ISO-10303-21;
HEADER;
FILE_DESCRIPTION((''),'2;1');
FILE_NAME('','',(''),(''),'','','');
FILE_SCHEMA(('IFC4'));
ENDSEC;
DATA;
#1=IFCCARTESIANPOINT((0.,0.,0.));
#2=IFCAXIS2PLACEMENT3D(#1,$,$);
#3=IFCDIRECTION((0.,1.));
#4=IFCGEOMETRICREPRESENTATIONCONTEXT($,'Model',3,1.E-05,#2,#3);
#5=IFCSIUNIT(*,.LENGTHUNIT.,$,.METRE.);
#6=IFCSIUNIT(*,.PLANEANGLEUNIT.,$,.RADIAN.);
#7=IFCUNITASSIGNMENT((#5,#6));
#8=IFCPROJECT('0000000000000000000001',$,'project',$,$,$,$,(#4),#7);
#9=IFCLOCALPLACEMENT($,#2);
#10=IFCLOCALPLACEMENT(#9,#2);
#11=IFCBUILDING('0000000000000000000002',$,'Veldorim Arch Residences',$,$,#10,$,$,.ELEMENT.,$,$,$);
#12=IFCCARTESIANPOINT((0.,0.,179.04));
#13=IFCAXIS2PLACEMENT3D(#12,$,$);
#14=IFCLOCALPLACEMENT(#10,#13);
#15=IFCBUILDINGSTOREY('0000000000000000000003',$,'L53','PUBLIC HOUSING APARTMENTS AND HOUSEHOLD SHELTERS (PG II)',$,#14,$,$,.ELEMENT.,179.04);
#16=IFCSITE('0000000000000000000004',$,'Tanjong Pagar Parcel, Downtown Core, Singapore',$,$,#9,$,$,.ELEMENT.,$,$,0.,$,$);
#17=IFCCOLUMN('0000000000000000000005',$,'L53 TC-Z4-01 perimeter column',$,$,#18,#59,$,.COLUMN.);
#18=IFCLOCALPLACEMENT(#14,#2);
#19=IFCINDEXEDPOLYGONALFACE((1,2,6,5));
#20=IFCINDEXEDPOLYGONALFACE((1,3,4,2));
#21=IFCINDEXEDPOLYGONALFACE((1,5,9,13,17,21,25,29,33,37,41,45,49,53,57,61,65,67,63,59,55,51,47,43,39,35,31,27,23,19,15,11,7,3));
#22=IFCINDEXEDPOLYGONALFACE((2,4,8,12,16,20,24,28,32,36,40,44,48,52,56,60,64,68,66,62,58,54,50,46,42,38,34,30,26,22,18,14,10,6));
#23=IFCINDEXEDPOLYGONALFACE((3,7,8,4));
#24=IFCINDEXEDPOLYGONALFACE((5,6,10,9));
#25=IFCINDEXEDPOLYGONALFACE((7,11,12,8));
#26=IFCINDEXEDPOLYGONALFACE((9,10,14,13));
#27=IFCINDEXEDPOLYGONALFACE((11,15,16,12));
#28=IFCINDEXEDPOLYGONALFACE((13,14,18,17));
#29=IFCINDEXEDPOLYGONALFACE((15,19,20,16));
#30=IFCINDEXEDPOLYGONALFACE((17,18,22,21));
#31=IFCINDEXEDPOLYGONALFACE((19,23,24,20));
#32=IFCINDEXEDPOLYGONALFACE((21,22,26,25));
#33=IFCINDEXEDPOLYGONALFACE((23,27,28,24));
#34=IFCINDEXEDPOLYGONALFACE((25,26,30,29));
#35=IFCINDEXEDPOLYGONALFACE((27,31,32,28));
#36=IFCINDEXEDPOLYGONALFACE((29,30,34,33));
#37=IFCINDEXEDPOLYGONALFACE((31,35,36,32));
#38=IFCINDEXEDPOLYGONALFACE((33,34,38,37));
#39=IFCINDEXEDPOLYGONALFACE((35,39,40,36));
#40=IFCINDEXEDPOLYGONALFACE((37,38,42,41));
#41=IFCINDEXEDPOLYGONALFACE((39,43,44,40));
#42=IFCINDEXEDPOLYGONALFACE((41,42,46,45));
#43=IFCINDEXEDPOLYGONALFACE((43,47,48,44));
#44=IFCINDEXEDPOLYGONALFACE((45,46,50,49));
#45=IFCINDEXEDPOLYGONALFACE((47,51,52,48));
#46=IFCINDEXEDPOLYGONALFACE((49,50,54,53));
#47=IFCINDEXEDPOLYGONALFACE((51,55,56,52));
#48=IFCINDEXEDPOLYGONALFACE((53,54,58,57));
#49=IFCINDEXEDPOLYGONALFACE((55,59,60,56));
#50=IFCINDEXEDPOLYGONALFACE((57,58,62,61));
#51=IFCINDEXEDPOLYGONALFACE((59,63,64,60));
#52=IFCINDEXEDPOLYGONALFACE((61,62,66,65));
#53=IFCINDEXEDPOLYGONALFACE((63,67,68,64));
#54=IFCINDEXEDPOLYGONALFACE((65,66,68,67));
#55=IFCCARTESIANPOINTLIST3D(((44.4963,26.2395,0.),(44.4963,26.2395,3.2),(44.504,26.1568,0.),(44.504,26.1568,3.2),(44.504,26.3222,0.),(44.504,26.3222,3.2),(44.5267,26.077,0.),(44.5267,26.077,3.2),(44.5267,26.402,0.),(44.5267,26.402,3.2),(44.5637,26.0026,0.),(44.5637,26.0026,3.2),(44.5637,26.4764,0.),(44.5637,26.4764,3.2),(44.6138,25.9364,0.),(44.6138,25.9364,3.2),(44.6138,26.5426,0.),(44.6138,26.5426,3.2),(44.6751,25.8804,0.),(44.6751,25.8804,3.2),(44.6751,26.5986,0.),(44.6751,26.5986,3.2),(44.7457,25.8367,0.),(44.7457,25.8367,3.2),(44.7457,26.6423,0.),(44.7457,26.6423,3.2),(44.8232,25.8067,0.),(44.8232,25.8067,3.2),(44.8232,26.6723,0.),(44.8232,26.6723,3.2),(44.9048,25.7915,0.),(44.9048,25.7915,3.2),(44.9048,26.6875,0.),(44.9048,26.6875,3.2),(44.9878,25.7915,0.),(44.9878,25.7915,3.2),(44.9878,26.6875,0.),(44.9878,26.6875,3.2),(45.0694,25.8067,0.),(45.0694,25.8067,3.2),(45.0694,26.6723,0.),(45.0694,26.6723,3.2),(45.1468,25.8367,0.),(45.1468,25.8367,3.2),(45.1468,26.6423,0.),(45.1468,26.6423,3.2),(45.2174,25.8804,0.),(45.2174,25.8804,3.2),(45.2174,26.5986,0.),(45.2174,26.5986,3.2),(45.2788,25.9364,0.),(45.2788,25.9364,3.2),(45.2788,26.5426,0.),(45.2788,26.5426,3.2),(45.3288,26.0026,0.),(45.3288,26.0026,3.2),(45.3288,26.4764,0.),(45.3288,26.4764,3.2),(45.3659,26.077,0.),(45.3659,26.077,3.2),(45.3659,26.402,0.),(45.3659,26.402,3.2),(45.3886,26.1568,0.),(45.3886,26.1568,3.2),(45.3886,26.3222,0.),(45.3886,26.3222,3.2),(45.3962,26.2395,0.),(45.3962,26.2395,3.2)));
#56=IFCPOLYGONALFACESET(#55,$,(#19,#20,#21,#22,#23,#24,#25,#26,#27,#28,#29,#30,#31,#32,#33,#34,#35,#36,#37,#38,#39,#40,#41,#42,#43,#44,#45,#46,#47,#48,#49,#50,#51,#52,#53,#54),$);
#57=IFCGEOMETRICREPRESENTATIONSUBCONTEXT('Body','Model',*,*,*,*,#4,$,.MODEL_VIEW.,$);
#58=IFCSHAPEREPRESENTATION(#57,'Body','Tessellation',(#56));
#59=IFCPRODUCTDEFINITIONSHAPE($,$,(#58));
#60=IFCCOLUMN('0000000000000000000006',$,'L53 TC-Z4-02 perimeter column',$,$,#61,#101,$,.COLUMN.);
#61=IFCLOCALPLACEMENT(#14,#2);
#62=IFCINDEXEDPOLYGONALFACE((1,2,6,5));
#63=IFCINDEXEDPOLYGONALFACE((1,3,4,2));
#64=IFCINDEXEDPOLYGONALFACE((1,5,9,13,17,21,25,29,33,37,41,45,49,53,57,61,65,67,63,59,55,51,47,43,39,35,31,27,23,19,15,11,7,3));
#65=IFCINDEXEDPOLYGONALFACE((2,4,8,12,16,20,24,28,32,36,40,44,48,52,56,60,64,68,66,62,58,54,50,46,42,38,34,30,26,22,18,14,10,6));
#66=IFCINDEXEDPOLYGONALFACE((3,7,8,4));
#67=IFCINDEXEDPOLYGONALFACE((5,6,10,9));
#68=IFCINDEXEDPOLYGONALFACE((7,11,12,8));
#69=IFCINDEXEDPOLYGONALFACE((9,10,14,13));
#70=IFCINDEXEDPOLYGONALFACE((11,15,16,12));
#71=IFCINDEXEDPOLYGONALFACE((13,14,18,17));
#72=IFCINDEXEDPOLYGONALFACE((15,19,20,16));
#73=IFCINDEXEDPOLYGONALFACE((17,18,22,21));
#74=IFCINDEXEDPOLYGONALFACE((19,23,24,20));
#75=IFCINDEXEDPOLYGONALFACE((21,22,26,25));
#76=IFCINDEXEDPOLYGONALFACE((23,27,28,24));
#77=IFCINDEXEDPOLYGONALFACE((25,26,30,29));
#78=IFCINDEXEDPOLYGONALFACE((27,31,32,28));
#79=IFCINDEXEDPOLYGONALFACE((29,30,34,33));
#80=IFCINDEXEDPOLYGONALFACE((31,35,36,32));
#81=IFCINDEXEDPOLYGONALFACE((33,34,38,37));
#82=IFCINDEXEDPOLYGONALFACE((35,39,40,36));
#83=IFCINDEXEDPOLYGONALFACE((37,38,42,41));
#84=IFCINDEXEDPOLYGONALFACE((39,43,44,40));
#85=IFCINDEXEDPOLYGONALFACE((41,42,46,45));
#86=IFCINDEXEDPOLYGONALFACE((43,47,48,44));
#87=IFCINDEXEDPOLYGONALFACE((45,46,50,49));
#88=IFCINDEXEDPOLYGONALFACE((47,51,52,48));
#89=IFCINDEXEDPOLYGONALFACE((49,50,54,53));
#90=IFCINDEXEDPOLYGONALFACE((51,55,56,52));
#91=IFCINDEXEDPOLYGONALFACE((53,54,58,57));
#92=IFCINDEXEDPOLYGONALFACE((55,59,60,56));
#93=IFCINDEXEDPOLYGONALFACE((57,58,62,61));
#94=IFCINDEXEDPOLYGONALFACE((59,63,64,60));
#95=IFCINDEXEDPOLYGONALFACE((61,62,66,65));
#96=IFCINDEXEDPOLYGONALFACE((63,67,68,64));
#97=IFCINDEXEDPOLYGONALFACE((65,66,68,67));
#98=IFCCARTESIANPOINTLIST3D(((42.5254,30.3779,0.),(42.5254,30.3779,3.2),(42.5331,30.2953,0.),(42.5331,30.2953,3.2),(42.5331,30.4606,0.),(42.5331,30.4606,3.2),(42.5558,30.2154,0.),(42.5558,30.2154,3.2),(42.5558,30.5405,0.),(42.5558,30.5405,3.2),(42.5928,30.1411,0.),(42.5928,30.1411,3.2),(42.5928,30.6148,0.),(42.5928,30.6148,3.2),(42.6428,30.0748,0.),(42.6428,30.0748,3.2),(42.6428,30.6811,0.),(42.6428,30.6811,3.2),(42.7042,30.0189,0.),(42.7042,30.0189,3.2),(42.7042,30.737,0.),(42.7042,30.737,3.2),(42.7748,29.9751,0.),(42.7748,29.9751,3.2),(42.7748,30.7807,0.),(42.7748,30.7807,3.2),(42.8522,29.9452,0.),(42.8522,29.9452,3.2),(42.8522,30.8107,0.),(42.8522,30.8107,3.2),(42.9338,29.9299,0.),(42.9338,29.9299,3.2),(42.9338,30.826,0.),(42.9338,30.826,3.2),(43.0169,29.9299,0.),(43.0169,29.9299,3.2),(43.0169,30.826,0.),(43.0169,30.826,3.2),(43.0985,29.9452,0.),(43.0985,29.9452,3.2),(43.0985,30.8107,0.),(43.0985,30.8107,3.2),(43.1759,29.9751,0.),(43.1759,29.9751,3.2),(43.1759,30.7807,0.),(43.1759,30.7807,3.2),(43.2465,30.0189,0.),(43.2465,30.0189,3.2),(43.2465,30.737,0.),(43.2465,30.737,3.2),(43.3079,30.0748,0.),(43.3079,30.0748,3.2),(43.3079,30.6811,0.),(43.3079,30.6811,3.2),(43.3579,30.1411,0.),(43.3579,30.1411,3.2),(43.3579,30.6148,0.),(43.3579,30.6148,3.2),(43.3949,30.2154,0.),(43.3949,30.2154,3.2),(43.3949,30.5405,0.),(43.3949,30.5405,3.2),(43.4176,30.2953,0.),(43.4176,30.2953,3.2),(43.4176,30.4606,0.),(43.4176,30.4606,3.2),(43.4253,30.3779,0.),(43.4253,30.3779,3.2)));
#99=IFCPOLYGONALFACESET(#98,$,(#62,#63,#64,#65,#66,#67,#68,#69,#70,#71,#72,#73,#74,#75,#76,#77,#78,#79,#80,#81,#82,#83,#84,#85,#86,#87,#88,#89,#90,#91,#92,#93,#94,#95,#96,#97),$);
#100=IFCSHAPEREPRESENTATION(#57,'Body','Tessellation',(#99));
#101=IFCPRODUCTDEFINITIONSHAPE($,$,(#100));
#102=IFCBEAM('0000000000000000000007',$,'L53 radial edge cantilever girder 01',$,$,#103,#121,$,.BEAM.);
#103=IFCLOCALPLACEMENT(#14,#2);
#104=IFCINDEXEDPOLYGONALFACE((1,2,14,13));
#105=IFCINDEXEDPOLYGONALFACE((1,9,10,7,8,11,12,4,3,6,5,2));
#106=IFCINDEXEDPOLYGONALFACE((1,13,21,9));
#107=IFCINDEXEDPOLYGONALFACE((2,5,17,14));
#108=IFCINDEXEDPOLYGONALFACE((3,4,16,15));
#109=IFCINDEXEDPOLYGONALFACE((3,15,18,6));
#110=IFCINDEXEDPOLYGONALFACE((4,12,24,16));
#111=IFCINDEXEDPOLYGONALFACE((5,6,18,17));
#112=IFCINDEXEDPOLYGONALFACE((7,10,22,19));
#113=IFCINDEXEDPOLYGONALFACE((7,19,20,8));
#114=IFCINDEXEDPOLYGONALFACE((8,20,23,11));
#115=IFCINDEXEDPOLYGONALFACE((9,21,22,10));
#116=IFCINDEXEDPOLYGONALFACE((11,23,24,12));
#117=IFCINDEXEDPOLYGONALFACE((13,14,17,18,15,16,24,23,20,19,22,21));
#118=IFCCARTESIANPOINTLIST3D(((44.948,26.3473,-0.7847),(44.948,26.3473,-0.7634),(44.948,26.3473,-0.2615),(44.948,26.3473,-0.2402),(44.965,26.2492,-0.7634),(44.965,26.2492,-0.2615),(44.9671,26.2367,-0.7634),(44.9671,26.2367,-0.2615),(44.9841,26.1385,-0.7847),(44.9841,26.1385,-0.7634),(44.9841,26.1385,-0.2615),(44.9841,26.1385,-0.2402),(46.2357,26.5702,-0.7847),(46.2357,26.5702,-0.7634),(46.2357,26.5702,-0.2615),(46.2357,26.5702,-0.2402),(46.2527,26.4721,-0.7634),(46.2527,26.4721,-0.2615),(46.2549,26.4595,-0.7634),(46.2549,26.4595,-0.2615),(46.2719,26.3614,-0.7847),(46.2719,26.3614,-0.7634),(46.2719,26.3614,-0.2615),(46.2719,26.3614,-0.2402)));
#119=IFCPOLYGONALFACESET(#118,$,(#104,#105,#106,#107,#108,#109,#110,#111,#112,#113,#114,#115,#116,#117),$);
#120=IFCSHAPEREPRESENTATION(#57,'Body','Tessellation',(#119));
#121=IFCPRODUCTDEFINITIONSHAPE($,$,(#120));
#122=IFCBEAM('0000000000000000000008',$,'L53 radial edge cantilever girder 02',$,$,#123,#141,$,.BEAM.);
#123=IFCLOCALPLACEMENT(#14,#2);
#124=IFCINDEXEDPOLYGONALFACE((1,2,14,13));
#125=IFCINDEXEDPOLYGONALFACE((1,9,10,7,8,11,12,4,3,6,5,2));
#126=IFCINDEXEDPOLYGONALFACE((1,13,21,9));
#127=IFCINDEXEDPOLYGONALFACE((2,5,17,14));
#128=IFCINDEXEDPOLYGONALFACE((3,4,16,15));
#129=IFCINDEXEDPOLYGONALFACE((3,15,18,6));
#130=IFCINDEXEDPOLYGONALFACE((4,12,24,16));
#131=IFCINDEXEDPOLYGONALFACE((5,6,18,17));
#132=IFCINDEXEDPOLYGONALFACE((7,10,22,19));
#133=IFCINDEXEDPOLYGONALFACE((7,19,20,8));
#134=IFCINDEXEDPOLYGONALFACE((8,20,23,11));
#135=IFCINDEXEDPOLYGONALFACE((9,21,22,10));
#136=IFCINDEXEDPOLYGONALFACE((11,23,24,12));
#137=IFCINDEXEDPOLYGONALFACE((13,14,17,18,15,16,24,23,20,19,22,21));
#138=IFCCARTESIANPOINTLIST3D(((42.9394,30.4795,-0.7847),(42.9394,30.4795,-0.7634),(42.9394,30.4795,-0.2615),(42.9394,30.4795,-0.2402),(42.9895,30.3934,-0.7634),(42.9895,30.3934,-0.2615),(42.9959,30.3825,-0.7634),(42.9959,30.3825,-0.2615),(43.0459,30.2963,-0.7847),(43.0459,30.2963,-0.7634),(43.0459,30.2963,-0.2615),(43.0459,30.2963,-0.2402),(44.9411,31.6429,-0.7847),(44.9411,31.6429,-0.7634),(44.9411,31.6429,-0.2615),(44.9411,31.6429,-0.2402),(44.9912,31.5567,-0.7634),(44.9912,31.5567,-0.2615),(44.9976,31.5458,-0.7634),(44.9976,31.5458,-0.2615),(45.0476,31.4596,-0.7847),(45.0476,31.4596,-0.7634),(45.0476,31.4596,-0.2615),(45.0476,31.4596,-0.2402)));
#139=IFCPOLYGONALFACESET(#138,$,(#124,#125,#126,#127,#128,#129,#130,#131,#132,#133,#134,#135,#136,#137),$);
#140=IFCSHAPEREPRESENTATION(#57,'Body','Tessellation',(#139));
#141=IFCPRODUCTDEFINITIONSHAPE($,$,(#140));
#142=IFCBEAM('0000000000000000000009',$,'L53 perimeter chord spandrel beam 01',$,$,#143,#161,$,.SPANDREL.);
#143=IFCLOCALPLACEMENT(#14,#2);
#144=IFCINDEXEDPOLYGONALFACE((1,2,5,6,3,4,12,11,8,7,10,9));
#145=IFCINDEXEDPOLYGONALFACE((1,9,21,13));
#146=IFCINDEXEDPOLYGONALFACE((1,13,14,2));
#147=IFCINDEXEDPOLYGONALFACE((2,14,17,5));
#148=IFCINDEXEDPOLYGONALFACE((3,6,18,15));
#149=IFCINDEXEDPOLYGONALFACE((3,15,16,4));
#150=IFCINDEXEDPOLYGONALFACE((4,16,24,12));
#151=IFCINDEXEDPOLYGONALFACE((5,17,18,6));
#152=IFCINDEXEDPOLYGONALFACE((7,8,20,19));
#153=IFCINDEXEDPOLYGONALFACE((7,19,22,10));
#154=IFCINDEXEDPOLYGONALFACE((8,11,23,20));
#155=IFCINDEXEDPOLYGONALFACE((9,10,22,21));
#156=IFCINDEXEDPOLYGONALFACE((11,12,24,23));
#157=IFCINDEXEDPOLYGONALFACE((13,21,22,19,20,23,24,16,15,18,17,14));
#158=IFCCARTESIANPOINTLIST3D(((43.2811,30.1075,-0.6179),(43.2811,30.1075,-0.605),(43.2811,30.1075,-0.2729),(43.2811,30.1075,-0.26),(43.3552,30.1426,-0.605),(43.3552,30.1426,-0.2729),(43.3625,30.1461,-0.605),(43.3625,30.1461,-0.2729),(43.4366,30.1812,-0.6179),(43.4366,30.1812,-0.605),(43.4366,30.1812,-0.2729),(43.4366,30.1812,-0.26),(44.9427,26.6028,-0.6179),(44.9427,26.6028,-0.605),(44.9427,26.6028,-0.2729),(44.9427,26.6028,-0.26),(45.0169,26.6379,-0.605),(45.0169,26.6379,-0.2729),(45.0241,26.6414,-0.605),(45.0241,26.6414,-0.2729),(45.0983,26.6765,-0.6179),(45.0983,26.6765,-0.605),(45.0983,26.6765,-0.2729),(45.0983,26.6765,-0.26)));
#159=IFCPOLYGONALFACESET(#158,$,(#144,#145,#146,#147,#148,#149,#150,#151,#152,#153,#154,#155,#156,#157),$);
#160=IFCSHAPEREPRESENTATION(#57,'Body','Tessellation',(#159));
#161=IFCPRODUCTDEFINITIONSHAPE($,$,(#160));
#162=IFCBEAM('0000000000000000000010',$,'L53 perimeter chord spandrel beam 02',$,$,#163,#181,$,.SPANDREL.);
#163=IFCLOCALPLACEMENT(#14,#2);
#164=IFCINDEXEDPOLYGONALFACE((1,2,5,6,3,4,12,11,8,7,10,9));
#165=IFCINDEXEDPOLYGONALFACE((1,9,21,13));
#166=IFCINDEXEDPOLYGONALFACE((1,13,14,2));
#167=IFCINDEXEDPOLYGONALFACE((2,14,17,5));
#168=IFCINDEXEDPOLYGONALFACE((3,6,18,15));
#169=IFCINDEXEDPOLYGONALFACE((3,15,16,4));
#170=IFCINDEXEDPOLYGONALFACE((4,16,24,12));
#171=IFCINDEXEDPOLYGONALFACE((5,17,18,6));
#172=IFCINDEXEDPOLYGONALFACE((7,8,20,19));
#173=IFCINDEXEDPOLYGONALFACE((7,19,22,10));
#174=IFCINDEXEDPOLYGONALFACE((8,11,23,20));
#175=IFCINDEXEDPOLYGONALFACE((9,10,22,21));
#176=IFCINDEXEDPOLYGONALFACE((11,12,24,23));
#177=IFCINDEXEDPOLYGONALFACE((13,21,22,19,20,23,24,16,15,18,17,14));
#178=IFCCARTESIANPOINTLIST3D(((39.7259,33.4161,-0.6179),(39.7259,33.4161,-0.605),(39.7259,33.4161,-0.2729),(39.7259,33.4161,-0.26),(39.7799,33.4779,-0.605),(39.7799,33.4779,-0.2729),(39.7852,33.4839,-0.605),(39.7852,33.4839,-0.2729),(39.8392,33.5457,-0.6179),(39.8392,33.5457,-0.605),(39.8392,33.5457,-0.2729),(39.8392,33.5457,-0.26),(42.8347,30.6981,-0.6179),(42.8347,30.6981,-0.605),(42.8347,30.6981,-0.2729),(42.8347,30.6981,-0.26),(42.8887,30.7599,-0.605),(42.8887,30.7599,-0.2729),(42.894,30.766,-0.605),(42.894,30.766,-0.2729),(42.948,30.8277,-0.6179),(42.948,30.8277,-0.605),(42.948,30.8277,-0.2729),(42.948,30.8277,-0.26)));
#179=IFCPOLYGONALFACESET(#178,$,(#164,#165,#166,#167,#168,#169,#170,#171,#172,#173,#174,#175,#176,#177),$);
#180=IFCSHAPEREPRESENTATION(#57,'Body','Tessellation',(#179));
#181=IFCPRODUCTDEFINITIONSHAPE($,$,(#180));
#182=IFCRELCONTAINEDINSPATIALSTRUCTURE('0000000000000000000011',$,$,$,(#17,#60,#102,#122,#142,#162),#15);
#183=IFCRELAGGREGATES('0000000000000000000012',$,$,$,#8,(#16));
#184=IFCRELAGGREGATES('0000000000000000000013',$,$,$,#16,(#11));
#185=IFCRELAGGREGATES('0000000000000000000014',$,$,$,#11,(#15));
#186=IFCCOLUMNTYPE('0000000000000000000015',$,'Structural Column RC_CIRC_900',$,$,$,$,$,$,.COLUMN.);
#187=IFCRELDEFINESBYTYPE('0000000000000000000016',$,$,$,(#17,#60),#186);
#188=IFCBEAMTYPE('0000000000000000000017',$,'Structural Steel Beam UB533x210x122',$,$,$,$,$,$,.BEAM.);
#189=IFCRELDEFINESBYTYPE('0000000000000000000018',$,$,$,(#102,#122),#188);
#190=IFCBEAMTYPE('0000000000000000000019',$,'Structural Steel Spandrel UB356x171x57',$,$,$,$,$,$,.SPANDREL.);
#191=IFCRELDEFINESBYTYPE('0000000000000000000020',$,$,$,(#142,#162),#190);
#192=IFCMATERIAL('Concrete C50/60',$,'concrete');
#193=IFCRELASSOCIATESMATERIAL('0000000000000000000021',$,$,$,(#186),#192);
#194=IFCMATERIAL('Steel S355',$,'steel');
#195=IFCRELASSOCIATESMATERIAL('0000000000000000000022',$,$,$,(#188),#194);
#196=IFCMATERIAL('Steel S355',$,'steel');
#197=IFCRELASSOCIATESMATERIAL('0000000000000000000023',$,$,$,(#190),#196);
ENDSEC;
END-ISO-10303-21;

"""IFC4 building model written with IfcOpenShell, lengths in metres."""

from ifc_helpers import new_model, si_unit, direction, frame, origin, origin_2d, place, context, subcontext, project, spatial, circle, i_section, extrude, material, material_profile, profile_set, type_object, element, save


model = new_model("IFC4")

# Units and contexts
model_context = context("Model", 3, precision=1e-05, world=origin(), true_north=direction((0.0, 1.0)))
body_context = subcontext(model_context, "Body", "Model", "MODEL_VIEW")
ifc_project = project(units=[si_unit("LENGTHUNIT", "METRE"), si_unit("PLANEANGLEUNIT", "RADIAN")], contexts=[model_context])

# Site, building, storey
site_placement = place(None, origin())
site = spatial("IfcSite", under=ifc_project, at=site_placement, Name="Tanjong Pagar Parcel, Downtown Core, Singapore", CompositionType="ELEMENT", RefElevation=0.0)
building_placement = place(site_placement, origin())
building = spatial("IfcBuilding", under=site, at=building_placement, Name="Veldorim Arch Residences", CompositionType="ELEMENT")
storey_placement = place(building_placement, frame((0.0, 0.0, 179.04)))
storey = spatial("IfcBuildingStorey", under=building, at=storey_placement, Name="L53", Description="PUBLIC HOUSING APARTMENTS AND HOUSEHOLD SHELTERS (PG II)", CompositionType="ELEMENT", Elevation=179.04)

# Columns
ifc_material_1 = material(Name="Concrete C50/60", Category="concrete")
ifc_material_profile_1 = material_profile(ifc_material_1, circle(Radius=0.45, at=origin_2d()), Name="RC_CIRC_900")
ifc_profile_set_1 = profile_set([ifc_material_profile_1], Name="Concrete C50/60")
column_type = type_object("IfcColumnType", Name="Structural Column RC_CIRC_900", PredefinedType="COLUMN", material=ifc_profile_set_1)
for number, where, z_axis, x_axis, name in (
    (1, (44.9463, 26.2395, 0.0), (0.0, 0.0, 1.0), (1.0, 0.0, 0.0), "L53 TC-Z4-01 perimeter column"),
    (2, (42.9753, 30.3779, 0.0), (0.0, 0.0, 1.0), (1.0, 0.0, 0.0), "L53 TC-Z4-02 perimeter column"),
):
    element("IfcColumn", number, at=place(storey_placement, frame(where, z_axis=z_axis, x_axis=x_axis)), inside=storey, type_object=column_type, Name=name, PredefinedType="COLUMN", context=body_context, shape_type="SweptSolid", body=[
        extrude(circle(Radius=0.45, at=origin_2d()), origin(), (0.0, 0.0, 1.0), 3.2),
    ])

# Beams
ifc_material_2 = material(Name="Steel S355", Category="steel")
ifc_material_profile_2 = material_profile(ifc_material_2, i_section(OverallWidth=0.2119, OverallDepth=0.5444, WebThickness=0.0127, FlangeThickness=0.0212, at=origin_2d()), Name="UB533x210x122")
ifc_profile_set_2 = profile_set([ifc_material_profile_2], Name="Steel S355")
beam_type_1 = type_object("IfcBeamType", Name="Structural Steel Beam UB533x210x122", PredefinedType="BEAM", material=ifc_profile_set_2)
beam_1_placement = place(storey_placement, frame((44.9661, 26.2429, -0.5125), z_axis=(0.98535, 0.170545, 0.0), x_axis=(-0.170545, 0.98535, 0.0)))
element("IfcBeam", 3, at=beam_1_placement, inside=storey, type_object=beam_type_1, Name="L53 radial edge cantilever girder 01", PredefinedType="BEAM", context=body_context, shape_type="SweptSolid", body=[
    extrude(i_section(OverallWidth=0.2119, OverallDepth=0.5444, WebThickness=0.0127, FlangeThickness=0.0212, at=origin_2d()), origin(), (0.0, 0.0, 1.0), 1.3069),
])
beam_2_placement = place(storey_placement, frame((42.9927, 30.3879, -0.5125), z_axis=(0.864592, 0.502474, 0.0), x_axis=(-0.502474, 0.864592, 0.0)))
element("IfcBeam", 4, at=beam_2_placement, inside=storey, type_object=beam_type_1, Name="L53 radial edge cantilever girder 02", PredefinedType="BEAM", context=body_context, shape_type="SweptSolid", body=[
    extrude(i_section(OverallWidth=0.2119, OverallDepth=0.5444, WebThickness=0.0127, FlangeThickness=0.0212, at=origin_2d()), origin(), (0.0, 0.0, 1.0), 2.3152),
])
ifc_material_3 = material(Name="Steel S355", Category="steel")
ifc_material_profile_3 = material_profile(ifc_material_3, i_section(OverallWidth=0.1721, OverallDepth=0.3579, WebThickness=0.0081, FlangeThickness=0.0129, at=origin_2d()), Name="UB356x171x57")
ifc_profile_set_3 = profile_set([ifc_material_profile_3], Name="Steel S355")
beam_type_2 = type_object("IfcBeamType", Name="Structural Steel Spandrel UB356x171x57", PredefinedType="SPANDREL", material=ifc_profile_set_3)
beam_3_placement = place(storey_placement, frame((45.0205, 26.6396, -0.439), z_axis=(-0.428408, 0.903585, 0.0), x_axis=(-0.903585, -0.428408, 0.0)))
element("IfcBeam", 5, at=beam_3_placement, inside=storey, type_object=beam_type_2, Name="L53 perimeter chord spandrel beam 01", PredefinedType="SPANDREL", context=body_context, shape_type="SweptSolid", body=[
    extrude(i_section(OverallWidth=0.1721, OverallDepth=0.3579, WebThickness=0.0081, FlangeThickness=0.0129, at=origin_2d()), origin(), (0.0, 0.0, 1.0), 3.8787),
])
beam_4_placement = place(storey_placement, frame((42.8914, 30.7629, -0.439), z_axis=(-0.752848, 0.658195, 0.0), x_axis=(-0.658195, -0.752848, 0.0)))
element("IfcBeam", 6, at=beam_4_placement, inside=storey, type_object=beam_type_2, Name="L53 perimeter chord spandrel beam 02", PredefinedType="SPANDREL", context=body_context, shape_type="SweptSolid", body=[
    extrude(i_section(OverallWidth=0.1721, OverallDepth=0.3579, WebThickness=0.0081, FlangeThickness=0.0129, at=origin_2d()), origin(), (0.0, 0.0, 1.0), 4.1294),
])

save(model, "model.ifc")
